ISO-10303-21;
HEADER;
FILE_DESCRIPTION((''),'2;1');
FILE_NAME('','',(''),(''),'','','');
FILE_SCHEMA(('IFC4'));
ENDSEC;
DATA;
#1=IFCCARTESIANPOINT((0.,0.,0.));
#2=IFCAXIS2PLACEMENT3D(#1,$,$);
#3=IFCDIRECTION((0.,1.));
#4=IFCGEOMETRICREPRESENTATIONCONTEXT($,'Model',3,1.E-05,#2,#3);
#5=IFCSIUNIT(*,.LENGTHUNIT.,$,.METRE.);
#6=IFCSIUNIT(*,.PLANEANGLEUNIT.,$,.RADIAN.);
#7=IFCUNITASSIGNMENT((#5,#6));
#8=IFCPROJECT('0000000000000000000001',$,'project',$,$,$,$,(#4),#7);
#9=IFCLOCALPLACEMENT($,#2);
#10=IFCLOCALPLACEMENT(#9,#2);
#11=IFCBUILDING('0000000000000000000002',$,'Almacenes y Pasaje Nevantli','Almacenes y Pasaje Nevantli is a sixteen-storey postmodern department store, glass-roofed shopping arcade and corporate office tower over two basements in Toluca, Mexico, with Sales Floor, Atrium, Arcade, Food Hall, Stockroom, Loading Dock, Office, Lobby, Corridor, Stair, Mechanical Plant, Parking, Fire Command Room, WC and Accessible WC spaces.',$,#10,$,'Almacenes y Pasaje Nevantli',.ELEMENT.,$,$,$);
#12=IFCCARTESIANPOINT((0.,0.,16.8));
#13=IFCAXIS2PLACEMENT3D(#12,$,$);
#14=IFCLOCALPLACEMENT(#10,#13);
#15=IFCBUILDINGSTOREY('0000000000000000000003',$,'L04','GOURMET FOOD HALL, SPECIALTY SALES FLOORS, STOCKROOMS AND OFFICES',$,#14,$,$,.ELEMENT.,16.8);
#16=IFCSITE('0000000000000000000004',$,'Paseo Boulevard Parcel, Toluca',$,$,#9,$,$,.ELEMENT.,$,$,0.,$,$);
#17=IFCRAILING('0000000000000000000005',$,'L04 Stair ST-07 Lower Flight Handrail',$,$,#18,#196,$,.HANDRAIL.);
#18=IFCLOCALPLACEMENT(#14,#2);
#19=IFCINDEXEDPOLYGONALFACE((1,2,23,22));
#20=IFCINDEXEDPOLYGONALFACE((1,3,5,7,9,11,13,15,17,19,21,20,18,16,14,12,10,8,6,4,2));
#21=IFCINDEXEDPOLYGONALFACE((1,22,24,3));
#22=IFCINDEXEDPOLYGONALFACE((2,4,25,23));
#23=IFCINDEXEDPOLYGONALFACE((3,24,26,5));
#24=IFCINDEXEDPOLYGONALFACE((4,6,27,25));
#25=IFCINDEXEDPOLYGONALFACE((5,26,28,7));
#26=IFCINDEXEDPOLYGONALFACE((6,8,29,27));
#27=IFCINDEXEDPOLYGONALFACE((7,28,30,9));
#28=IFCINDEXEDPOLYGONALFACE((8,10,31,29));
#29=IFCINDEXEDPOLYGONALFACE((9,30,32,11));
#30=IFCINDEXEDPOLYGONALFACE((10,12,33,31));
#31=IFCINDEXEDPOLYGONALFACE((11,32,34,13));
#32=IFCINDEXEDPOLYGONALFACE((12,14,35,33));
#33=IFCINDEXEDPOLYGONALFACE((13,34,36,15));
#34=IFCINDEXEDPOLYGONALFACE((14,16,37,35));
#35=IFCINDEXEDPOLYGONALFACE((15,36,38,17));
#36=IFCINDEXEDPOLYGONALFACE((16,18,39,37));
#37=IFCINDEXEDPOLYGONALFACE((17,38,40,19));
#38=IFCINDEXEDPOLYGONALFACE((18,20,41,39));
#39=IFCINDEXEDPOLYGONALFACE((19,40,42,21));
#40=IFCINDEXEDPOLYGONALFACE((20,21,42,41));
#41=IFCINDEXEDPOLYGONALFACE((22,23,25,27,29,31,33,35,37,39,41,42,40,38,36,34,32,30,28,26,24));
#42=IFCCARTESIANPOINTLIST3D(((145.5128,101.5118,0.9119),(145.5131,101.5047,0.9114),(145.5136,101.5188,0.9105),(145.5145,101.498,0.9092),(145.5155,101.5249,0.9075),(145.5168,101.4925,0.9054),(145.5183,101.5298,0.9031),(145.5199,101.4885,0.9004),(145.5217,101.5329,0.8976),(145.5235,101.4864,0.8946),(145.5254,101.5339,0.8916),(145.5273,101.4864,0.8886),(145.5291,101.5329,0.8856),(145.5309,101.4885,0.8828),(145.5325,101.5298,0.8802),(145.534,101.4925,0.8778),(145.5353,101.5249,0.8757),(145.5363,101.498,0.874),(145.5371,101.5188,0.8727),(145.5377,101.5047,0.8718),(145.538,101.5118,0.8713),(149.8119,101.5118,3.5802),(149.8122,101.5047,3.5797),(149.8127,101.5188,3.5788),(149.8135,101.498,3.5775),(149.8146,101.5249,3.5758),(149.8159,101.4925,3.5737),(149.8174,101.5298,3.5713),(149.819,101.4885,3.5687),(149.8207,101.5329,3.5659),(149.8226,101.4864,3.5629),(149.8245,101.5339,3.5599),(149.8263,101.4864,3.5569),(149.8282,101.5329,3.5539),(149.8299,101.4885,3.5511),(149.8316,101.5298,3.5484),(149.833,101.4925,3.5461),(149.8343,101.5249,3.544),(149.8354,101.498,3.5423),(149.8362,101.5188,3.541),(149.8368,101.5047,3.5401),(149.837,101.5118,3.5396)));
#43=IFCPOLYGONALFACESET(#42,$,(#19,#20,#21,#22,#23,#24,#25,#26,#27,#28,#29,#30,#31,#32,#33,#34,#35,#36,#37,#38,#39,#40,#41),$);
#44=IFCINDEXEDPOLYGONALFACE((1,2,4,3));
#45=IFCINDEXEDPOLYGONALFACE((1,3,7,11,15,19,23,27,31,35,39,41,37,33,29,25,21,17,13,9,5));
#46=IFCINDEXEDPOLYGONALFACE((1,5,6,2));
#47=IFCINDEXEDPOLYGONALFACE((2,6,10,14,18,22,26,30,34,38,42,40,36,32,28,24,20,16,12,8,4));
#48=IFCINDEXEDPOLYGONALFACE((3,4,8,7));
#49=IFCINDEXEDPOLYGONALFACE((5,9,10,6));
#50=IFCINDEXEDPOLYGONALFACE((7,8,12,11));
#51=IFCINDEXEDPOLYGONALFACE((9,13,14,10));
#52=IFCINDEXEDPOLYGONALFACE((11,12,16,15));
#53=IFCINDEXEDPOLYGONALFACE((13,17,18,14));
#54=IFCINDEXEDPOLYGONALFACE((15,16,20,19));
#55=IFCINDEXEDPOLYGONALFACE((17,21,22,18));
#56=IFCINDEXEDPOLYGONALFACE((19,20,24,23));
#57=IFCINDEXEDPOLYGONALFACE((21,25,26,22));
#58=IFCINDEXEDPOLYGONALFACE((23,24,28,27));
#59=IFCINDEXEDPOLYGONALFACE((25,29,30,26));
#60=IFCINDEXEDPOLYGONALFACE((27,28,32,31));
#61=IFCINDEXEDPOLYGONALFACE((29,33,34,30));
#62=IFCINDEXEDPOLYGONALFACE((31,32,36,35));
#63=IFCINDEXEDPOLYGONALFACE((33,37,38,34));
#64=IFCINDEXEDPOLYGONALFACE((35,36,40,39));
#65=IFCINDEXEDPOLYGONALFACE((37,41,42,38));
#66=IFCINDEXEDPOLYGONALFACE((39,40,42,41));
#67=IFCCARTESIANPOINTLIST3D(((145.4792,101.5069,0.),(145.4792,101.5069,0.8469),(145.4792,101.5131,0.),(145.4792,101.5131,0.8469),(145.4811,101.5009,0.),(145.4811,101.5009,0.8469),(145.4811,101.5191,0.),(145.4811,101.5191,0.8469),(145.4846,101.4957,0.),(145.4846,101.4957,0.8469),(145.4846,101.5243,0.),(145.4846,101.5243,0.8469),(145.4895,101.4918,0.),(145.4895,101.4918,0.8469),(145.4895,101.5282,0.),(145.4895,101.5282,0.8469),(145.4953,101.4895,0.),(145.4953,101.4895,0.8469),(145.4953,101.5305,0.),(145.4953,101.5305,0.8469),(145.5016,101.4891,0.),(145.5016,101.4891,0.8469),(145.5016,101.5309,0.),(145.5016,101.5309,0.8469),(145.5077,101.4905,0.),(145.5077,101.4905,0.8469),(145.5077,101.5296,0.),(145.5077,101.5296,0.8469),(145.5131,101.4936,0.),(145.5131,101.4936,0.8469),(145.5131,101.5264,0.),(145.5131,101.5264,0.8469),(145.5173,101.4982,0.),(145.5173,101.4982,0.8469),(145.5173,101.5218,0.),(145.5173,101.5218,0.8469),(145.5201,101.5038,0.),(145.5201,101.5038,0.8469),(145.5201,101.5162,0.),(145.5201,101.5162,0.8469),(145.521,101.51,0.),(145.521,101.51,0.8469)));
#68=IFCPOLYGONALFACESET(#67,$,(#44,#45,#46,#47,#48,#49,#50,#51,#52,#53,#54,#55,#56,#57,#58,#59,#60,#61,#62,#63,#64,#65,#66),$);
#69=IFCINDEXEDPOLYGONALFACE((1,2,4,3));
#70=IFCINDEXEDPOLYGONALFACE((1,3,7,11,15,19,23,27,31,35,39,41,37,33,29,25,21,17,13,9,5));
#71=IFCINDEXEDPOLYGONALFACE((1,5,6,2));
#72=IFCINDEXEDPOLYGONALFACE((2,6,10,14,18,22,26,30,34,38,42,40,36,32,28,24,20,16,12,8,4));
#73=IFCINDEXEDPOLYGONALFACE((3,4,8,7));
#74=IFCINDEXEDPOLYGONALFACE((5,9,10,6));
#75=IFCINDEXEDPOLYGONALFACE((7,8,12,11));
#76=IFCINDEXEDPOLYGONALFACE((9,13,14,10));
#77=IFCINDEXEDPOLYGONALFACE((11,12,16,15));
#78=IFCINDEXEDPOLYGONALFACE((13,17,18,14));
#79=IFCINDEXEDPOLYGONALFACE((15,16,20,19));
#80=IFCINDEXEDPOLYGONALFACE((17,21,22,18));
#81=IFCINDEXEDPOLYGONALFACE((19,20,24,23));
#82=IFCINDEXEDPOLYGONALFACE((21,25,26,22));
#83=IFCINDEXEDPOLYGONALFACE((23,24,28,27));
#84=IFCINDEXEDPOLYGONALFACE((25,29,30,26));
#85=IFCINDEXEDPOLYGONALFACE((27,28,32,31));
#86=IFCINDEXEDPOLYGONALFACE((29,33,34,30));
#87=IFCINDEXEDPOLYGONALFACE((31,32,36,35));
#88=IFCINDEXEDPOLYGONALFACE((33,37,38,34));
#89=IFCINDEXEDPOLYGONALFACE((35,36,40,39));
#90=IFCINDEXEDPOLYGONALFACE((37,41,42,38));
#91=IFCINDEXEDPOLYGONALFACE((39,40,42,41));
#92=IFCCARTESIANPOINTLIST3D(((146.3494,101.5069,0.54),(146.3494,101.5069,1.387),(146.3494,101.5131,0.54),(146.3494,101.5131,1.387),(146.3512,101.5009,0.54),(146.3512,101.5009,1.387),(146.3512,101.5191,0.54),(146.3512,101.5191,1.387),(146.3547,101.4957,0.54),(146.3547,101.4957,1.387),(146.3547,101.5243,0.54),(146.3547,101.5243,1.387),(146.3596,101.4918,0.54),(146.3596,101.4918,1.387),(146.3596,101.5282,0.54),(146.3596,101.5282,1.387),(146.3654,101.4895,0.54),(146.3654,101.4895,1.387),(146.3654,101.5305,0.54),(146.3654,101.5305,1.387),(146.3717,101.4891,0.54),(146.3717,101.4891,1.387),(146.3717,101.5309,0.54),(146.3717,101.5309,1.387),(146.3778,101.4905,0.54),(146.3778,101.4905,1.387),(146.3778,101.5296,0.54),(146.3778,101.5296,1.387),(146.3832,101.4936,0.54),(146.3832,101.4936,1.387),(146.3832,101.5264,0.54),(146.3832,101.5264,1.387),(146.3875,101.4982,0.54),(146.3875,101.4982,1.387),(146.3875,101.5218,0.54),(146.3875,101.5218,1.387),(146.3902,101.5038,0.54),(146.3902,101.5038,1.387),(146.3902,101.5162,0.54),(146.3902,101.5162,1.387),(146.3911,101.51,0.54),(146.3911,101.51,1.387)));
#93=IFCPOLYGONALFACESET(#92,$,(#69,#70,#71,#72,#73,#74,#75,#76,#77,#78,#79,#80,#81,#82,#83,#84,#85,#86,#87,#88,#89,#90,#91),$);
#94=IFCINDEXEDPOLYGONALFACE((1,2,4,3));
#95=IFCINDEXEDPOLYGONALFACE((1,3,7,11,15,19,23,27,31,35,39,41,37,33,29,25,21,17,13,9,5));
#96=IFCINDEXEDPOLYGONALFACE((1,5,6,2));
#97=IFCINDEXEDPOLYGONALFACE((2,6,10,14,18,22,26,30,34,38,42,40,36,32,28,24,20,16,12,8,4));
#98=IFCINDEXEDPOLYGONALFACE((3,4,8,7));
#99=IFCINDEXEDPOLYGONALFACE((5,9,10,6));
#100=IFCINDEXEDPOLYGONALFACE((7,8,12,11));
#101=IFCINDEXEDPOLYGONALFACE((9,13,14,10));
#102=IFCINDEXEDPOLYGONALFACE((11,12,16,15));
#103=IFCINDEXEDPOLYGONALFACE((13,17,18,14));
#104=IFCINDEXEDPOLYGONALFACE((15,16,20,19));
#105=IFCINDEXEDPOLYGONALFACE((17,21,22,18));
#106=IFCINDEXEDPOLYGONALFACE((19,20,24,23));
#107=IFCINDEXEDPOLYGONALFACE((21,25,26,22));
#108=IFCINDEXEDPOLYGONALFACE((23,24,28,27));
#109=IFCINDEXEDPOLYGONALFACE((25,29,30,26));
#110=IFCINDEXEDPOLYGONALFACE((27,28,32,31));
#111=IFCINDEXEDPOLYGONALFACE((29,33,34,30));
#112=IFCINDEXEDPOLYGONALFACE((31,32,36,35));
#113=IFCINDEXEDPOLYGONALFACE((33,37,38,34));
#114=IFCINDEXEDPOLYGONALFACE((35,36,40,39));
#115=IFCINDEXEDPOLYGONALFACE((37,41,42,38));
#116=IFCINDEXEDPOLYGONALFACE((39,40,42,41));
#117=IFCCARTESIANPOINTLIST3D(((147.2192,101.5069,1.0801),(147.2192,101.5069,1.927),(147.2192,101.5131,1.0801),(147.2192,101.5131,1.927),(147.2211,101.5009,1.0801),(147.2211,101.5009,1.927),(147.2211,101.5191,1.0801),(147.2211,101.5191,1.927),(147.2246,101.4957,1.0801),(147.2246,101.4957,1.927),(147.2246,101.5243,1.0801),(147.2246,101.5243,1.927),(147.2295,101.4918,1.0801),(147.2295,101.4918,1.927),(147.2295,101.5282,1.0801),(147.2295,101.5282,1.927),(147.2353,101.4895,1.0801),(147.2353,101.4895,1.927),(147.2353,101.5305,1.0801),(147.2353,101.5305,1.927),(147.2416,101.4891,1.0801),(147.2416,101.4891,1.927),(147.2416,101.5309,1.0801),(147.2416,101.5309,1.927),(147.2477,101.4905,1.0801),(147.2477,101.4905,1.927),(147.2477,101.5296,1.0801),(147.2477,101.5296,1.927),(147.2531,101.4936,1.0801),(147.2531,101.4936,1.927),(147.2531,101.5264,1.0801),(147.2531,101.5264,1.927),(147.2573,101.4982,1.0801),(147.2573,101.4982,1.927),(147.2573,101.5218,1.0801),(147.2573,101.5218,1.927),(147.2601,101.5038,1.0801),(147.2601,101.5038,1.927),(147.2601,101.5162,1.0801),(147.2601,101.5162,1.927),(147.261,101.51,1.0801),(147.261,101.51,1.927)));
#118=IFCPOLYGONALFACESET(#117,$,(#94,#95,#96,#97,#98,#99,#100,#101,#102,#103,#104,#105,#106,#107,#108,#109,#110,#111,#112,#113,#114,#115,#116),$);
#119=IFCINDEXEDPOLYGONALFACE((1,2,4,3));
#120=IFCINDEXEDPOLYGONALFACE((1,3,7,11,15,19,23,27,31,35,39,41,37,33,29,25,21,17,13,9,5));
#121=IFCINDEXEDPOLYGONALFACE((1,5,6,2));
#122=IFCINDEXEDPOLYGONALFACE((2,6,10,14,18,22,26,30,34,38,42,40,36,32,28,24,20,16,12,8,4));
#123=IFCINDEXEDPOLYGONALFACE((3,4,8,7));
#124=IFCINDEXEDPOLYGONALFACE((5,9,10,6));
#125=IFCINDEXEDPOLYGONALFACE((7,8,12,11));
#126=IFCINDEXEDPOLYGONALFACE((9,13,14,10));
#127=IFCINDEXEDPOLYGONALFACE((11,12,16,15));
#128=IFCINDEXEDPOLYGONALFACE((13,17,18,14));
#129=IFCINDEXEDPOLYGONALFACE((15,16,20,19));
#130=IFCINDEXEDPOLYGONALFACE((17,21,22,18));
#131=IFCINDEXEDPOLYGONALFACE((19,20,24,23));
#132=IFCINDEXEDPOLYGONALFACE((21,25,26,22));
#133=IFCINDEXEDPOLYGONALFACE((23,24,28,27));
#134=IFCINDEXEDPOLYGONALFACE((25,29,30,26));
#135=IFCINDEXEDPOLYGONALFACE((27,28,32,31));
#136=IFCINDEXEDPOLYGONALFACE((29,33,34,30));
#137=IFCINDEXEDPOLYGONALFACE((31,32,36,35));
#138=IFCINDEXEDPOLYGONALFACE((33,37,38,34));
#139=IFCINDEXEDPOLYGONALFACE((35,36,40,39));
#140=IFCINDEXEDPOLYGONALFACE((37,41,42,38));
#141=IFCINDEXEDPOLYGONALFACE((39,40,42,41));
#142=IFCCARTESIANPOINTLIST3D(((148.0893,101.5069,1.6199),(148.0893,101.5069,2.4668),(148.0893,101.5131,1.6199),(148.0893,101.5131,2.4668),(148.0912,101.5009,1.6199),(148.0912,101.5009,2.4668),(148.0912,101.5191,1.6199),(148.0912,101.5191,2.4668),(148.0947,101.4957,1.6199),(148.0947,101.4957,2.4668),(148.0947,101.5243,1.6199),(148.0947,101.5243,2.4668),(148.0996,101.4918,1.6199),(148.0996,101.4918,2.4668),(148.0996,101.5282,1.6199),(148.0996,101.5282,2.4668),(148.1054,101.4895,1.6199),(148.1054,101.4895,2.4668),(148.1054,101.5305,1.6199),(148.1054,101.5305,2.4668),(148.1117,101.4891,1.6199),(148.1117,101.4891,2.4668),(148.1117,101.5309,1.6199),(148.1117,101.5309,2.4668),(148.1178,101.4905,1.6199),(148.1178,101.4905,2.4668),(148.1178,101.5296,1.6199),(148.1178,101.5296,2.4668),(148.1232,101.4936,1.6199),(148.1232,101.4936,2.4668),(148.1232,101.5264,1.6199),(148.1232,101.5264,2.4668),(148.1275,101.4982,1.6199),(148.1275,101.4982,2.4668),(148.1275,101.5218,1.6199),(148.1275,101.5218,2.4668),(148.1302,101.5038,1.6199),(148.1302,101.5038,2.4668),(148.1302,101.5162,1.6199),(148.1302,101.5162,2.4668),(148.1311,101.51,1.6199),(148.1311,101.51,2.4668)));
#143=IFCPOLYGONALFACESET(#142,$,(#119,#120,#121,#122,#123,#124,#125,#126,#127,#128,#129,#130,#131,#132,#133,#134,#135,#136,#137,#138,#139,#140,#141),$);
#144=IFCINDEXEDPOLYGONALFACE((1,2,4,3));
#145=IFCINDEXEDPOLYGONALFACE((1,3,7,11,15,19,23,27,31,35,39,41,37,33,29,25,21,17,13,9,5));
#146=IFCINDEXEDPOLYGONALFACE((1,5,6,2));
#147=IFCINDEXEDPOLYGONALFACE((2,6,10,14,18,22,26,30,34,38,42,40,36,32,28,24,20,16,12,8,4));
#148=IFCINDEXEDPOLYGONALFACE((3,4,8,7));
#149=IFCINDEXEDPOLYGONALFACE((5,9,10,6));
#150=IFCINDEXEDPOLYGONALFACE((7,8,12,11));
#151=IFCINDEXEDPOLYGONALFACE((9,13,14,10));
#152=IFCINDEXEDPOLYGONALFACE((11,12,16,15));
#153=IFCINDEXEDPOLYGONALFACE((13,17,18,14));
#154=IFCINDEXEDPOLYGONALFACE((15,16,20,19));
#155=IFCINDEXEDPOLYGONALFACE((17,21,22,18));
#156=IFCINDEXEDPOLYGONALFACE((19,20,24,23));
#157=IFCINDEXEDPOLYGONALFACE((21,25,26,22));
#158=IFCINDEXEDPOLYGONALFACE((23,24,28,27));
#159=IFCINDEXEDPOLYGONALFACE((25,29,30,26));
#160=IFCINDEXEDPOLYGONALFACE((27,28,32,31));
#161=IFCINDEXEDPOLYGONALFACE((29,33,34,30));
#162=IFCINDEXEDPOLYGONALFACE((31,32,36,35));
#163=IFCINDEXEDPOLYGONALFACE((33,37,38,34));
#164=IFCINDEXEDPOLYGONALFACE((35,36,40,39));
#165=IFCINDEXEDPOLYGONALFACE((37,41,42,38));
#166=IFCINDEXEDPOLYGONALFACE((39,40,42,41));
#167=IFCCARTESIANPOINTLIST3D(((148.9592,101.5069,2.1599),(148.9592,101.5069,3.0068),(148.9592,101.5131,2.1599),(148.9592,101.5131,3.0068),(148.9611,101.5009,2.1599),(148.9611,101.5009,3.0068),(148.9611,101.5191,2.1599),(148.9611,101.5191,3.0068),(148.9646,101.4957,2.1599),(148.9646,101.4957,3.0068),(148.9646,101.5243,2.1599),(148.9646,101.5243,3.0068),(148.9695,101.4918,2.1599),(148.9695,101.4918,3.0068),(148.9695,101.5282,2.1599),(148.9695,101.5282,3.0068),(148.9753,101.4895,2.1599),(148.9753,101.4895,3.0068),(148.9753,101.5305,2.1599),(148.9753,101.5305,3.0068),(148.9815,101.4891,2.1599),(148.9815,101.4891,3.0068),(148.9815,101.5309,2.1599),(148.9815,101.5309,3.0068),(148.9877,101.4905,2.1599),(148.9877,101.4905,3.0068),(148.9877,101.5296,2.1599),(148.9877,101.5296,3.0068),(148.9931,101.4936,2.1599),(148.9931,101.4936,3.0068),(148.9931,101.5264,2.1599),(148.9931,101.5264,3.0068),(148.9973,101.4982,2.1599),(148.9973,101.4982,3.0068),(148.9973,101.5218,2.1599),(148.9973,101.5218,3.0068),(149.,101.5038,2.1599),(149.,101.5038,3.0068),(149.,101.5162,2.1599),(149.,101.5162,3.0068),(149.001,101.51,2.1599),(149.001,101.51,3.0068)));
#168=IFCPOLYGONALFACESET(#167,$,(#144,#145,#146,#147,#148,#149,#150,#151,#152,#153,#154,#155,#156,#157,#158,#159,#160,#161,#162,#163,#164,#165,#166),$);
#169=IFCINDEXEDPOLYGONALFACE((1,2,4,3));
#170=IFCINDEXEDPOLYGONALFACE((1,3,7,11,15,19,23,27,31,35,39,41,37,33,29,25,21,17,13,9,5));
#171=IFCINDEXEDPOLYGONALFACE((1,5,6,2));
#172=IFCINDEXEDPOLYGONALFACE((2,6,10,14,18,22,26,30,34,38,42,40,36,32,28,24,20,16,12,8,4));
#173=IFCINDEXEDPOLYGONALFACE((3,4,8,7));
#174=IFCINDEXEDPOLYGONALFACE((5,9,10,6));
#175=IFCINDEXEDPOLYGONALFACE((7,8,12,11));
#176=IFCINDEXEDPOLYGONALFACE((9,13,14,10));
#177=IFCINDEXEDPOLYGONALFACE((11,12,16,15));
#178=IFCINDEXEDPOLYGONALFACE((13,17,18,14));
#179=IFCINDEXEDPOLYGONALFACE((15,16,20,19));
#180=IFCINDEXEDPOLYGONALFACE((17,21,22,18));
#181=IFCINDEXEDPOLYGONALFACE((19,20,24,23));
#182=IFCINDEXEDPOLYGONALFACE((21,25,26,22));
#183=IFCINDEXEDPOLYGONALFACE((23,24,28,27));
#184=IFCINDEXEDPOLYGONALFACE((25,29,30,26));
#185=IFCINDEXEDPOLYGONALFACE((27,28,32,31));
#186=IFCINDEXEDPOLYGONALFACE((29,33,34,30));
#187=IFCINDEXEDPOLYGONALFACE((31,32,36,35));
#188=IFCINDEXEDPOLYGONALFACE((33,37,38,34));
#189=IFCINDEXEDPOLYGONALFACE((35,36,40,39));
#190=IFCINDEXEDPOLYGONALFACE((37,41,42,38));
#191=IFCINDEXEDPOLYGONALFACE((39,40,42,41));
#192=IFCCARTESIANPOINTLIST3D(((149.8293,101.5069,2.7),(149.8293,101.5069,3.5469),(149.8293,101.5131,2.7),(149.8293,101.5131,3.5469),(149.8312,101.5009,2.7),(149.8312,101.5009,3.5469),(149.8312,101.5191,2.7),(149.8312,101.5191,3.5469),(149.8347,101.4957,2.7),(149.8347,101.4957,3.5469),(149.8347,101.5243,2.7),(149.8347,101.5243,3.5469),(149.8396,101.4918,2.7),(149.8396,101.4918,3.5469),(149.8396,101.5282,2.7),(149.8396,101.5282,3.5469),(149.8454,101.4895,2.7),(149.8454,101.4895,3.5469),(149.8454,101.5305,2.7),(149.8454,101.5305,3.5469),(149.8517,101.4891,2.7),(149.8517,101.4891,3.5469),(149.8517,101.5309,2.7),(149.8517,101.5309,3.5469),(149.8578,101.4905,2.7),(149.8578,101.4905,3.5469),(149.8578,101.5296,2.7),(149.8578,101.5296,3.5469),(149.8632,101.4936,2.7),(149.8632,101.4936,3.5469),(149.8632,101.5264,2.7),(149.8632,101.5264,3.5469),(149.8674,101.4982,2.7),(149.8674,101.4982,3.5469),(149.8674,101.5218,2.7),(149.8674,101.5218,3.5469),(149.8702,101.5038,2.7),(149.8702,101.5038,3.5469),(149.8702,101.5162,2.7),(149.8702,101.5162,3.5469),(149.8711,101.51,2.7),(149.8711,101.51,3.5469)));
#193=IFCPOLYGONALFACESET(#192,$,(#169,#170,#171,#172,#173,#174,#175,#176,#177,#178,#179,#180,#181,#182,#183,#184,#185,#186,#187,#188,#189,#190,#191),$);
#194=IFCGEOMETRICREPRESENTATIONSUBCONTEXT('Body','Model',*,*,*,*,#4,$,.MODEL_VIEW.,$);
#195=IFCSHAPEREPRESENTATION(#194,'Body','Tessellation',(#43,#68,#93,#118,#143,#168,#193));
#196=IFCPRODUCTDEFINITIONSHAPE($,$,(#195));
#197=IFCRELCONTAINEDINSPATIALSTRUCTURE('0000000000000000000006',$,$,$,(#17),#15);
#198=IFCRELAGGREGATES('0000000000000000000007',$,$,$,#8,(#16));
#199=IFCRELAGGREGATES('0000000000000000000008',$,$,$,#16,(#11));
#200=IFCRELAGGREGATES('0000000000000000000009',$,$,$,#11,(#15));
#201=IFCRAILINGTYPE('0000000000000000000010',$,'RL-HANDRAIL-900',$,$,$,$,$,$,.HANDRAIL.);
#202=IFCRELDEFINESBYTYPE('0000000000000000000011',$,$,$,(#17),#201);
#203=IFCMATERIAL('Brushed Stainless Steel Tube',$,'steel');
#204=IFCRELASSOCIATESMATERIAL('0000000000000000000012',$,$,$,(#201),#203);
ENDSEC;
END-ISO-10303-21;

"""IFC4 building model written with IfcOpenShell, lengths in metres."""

from ifc_helpers import new_model, si_unit, direction, frame, origin, origin_2d, place, context, subcontext, project, spatial, circle, extrude, material, type_object, element, save


model = new_model("IFC4")

# Units and contexts
model_context = context("Model", 3, precision=1e-05, world=origin(), true_north=direction((0.0, 1.0)))
body_context = subcontext(model_context, "Body", "Model", "MODEL_VIEW")
ifc_project = project(units=[si_unit("LENGTHUNIT", "METRE"), si_unit("PLANEANGLEUNIT", "RADIAN")], contexts=[model_context])

# Site, building, storey
site_placement = place(None, origin())
site = spatial("IfcSite", under=ifc_project, at=site_placement, Name="Paseo Boulevard Parcel, Toluca", CompositionType="ELEMENT", RefElevation=0.0)
building_placement = place(site_placement, origin())
building = spatial("IfcBuilding", under=site, at=building_placement, Name="Almacenes y Pasaje Nevantli", Description="Almacenes y Pasaje Nevantli is a sixteen-storey postmodern department store, glass-roofed shopping arcade and corporate office tower over two basements in Toluca, Mexico, with Sales Floor, Atrium, Arcade, Food Hall, Stockroom, Loading Dock, Office, Lobby, Corridor, Stair, Mechanical Plant, Parking, Fire Command Room, WC and Accessible WC spaces.", LongName="Almacenes y Pasaje Nevantli", CompositionType="ELEMENT")
storey_placement = place(building_placement, frame((0.0, 0.0, 16.8)))
storey = spatial("IfcBuildingStorey", under=building, at=storey_placement, Name="L04", Description="GOURMET FOOD HALL, SPECIALTY SALES FLOORS, STOCKROOMS AND OFFICES", CompositionType="ELEMENT", Elevation=16.8)

# Railing
ifc_material_1 = material(Name="Brushed Stainless Steel Tube", Category="steel")
railing_type = type_object("IfcRailingType", Name="RL-HANDRAIL-900", PredefinedType="HANDRAIL", material=ifc_material_1)
railing_placement = place(storey_placement, frame((145.5, 101.51, 0.0)))
element("IfcRailing", 1, at=railing_placement, inside=storey, type_object=railing_type, Name="L04 Stair ST-07 Lower Flight Handrail", PredefinedType="HANDRAIL", context=body_context, shape_type="SweptSolid", body=[
    extrude(circle(Radius=0.0239, at=origin_2d()), frame((0.0254, 0.0, 0.8916), z_axis=(0.84965, 0.0, 0.527347), x_axis=(0.0, 1.0, 0.0)), (0.0, 0.0, 1.0), 5.0598),
    extrude(circle(Radius=0.021, at=origin_2d()), origin(), (0.0, 0.0, 1.0), 0.8469),
    extrude(circle(Radius=0.021, at=origin_2d()), frame((0.8701, 0.0, 0.54)), (0.0, 0.0, 1.0), 0.8469),
    extrude(circle(Radius=0.021, at=origin_2d()), frame((1.74, 0.0, 1.0801)), (0.0, 0.0, 1.0), 0.8469),
    extrude(circle(Radius=0.021, at=origin_2d()), frame((2.6101, 0.0, 1.6199)), (0.0, 0.0, 1.0), 0.8469),
    extrude(circle(Radius=0.021, at=origin_2d()), frame((3.48, 0.0, 2.1599)), (0.0, 0.0, 1.0), 0.8469),
    extrude(circle(Radius=0.021, at=origin_2d()), frame((4.3501, 0.0, 2.7)), (0.0, 0.0, 1.0), 0.8469),
])

save(model, "model.ifc")
